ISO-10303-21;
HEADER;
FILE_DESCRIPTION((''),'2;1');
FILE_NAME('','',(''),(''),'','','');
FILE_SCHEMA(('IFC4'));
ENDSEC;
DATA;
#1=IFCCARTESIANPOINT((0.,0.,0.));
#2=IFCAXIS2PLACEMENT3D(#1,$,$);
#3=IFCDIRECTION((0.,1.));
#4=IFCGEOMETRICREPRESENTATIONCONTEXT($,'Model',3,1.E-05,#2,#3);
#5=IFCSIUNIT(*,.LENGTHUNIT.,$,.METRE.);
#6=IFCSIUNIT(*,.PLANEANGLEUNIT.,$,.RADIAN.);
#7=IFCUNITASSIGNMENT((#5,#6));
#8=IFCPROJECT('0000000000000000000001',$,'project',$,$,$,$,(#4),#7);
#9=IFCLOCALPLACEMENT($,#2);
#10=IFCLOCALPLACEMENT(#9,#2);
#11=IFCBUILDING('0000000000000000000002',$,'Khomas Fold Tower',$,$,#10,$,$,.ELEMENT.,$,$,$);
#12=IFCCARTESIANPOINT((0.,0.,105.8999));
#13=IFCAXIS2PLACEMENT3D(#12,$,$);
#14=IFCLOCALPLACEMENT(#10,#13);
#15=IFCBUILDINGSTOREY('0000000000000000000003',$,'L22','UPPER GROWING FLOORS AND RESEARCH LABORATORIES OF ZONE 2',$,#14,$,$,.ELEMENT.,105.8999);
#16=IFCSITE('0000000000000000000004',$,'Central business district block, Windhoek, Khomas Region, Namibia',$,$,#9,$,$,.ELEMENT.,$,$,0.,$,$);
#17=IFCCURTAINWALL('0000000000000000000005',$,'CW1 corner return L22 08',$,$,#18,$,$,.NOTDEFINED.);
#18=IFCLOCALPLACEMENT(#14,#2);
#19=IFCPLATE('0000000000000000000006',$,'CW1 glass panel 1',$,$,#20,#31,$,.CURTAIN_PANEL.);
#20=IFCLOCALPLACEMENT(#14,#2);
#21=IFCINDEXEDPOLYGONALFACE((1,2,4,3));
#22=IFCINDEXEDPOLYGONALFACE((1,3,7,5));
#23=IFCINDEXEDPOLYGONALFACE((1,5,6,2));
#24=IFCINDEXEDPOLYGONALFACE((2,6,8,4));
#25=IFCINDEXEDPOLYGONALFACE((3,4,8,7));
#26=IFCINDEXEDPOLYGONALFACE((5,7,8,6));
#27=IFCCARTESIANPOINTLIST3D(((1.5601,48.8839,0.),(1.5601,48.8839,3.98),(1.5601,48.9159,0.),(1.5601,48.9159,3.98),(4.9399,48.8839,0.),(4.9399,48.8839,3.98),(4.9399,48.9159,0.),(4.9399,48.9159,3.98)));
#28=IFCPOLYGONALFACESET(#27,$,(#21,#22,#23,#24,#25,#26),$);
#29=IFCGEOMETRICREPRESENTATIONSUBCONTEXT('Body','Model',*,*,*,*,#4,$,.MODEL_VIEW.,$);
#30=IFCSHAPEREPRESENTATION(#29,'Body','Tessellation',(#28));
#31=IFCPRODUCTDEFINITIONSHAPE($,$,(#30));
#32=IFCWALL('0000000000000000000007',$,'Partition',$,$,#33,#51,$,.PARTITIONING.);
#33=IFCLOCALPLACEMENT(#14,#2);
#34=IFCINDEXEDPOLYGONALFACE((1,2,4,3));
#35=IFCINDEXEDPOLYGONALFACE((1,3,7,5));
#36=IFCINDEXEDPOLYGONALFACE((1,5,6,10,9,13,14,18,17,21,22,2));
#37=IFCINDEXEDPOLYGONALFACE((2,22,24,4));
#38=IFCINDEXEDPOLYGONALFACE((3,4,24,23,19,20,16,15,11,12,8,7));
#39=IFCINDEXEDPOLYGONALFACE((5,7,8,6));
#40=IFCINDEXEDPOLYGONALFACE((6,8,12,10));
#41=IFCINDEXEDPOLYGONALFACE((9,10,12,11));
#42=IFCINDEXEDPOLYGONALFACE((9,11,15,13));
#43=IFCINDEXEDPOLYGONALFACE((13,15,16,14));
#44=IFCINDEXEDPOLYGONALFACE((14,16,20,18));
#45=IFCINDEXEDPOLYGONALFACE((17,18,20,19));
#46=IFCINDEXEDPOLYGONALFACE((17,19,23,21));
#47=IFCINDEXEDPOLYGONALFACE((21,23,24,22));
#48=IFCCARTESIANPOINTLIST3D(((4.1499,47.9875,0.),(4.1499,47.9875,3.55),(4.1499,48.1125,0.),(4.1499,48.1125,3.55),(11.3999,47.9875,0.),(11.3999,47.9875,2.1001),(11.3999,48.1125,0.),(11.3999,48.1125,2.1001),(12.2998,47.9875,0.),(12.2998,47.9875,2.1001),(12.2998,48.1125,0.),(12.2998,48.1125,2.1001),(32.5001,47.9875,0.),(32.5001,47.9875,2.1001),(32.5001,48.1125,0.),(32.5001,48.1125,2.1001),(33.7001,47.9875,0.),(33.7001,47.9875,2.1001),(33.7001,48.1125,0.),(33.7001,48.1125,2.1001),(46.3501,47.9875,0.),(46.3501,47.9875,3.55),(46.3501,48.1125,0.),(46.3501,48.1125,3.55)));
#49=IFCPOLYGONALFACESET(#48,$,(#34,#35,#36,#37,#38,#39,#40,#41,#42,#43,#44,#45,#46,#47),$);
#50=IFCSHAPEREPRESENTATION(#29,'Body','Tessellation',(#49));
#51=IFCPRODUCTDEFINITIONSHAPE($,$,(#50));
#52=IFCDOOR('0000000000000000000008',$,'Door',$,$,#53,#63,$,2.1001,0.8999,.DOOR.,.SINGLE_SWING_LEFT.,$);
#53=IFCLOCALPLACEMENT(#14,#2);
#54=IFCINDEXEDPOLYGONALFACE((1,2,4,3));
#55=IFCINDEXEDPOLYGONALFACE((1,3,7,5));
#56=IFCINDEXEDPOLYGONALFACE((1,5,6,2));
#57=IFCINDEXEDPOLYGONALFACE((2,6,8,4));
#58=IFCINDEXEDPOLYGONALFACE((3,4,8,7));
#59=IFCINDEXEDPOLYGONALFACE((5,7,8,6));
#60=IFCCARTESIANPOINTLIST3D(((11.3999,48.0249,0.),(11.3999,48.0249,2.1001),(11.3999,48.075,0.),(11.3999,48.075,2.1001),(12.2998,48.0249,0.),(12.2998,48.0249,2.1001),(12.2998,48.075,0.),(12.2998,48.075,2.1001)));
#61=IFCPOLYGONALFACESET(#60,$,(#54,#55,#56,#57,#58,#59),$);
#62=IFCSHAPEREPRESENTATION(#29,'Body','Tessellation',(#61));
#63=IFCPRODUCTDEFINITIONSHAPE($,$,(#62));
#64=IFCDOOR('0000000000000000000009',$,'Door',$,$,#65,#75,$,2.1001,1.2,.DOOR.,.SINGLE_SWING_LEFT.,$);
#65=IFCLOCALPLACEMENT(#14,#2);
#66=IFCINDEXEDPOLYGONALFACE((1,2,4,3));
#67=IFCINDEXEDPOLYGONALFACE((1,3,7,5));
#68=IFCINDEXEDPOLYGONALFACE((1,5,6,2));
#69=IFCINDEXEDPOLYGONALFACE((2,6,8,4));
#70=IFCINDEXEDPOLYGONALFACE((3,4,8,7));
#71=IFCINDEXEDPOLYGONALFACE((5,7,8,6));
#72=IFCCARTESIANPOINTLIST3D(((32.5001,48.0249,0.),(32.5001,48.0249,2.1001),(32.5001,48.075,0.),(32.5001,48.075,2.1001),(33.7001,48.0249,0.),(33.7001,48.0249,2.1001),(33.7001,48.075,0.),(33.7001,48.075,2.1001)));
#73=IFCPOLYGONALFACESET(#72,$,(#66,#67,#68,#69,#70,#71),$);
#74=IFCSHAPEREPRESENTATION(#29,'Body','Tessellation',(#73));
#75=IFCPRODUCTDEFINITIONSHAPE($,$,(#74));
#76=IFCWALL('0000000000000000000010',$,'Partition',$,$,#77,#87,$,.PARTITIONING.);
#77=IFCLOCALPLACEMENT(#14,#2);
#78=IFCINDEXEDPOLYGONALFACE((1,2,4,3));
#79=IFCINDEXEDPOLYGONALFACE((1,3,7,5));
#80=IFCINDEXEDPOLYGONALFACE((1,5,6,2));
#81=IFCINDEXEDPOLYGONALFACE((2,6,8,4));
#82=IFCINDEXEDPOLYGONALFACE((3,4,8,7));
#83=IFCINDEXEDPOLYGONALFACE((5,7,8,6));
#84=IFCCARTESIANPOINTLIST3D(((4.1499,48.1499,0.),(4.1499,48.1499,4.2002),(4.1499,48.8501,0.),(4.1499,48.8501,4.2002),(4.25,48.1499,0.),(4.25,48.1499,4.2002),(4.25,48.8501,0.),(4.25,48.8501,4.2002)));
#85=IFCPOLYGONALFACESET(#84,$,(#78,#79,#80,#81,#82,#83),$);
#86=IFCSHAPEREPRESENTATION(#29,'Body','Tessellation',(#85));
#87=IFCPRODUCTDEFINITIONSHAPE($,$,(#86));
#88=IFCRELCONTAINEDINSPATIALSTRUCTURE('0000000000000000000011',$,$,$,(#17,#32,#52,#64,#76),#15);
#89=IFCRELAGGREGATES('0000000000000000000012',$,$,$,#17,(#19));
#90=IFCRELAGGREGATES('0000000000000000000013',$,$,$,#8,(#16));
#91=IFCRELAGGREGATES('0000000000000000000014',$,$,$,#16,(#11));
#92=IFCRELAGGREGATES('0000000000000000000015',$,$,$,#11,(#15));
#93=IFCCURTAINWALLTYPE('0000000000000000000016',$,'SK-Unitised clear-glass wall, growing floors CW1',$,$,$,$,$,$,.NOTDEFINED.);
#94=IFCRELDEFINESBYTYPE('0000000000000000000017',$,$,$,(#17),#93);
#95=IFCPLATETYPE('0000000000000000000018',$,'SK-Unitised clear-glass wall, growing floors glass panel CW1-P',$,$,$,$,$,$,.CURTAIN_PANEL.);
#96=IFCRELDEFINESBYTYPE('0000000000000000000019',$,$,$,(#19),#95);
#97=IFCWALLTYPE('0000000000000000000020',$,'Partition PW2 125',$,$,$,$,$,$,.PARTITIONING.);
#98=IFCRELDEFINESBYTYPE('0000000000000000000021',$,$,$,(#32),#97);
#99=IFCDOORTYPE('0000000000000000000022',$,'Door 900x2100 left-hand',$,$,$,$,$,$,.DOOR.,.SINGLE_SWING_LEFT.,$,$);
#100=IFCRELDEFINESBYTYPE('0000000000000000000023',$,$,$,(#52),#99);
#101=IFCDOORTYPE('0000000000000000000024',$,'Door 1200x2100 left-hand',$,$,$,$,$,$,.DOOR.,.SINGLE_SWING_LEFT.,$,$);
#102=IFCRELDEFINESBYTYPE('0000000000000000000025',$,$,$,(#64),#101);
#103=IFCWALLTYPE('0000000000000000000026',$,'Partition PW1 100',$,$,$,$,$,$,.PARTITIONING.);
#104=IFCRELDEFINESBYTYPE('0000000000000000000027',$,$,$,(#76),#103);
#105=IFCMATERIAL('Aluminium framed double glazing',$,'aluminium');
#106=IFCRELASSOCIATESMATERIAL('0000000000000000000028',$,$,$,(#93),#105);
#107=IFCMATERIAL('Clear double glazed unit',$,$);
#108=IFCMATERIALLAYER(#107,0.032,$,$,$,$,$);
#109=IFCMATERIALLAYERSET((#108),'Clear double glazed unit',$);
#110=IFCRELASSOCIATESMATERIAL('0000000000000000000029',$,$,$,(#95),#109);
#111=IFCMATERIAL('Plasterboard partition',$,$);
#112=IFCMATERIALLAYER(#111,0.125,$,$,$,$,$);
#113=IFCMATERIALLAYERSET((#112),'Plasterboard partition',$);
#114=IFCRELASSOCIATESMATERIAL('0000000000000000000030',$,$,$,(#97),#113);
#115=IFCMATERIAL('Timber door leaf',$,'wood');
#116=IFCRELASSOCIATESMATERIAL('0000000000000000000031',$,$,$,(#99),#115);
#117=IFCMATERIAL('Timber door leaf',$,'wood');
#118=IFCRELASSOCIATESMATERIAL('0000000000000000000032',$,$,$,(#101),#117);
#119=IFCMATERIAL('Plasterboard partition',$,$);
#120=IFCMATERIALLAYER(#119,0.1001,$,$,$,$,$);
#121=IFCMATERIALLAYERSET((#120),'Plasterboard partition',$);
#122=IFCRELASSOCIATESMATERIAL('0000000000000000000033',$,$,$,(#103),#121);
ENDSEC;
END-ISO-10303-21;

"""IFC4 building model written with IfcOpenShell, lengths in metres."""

from ifc_helpers import new_model, si_unit, direction, frame, frame_2d, origin, origin_2d, place, context, subcontext, project, spatial, rectangle, extrude, source, transform, mapped, material, layer, layer_set, type_object, element, fill, aggregate, save


model = new_model("IFC4")

# Units and contexts
model_context = context("Model", 3, precision=1e-05, world=origin(), true_north=direction((0.0, 1.0)))
body_context = subcontext(model_context, "Body", "Model", "MODEL_VIEW")
ifc_project = project(units=[si_unit("LENGTHUNIT", "METRE"), si_unit("PLANEANGLEUNIT", "RADIAN")], contexts=[model_context])

# Site, building, storey
site_placement = place(None, origin())
site = spatial("IfcSite", under=ifc_project, at=site_placement, Name="Central business district block, Windhoek, Khomas Region, Namibia", CompositionType="ELEMENT", RefElevation=0.0)
building_placement = place(site_placement, origin())
building = spatial("IfcBuilding", under=site, at=building_placement, Name="Khomas Fold Tower", CompositionType="ELEMENT")
storey_placement = place(building_placement, frame((0.0, 0.0, 105.8999)))
storey = spatial("IfcBuildingStorey", under=building, at=storey_placement, Name="L22", Description="UPPER GROWING FLOORS AND RESEARCH LABORATORIES OF ZONE 2", CompositionType="ELEMENT", Elevation=105.8999)

# Curtain wall
ifc_material_1 = material(Name="Aluminium framed double glazing", Category="aluminium")
curtain_wall_type = type_object("IfcCurtainWallType", Name="SK-Unitised clear-glass wall, growing floors CW1", PredefinedType="NOTDEFINED", material=ifc_material_1)
curtain_wall_1_placement = place(storey_placement, origin())
curtain_wall_1 = element("IfcCurtainWall", 1, at=curtain_wall_1_placement, inside=storey, type_object=curtain_wall_type, Name="CW1 corner return L22 08", PredefinedType="NOTDEFINED")

# Plate
ifc_material_2 = material(Name="Clear double glazed unit")
ifc_layer_1 = layer(ifc_material_2, 0.032)
ifc_layer_set_1 = layer_set([ifc_layer_1], Name="Clear double glazed unit")
plate_type = type_object("IfcPlateType", Name="SK-Unitised clear-glass wall, growing floors glass panel CW1-P", PredefinedType="CURTAIN_PANEL", material=ifc_layer_set_1)
shared_shape_1 = source(origin(), body_context, "Body", "SweptSolid", [
    extrude(rectangle(XDim=3.3799, YDim=0.032, at=origin_2d()), origin(), (0.0, 0.0, 1.0), 3.98),
])
plate_1_placement = place(storey_placement, frame((3.25, 48.8999, 0.0), z_axis=(0.0, 0.0, 1.0), x_axis=(-1.0, 0.0, 0.0)))
plate_1 = element("IfcPlate", 2, at=plate_1_placement, type_object=plate_type, Name="CW1 glass panel 1", PredefinedType="CURTAIN_PANEL", context=body_context, shape_type="MappedRepresentation", body=[
    mapped(shared_shape_1, transform((0.0, 0.0, 0.0))),
])
aggregate(curtain_wall_1, [plate_1])

# Wall, openings, doors
ifc_material_3 = material(Name="Plasterboard partition")
ifc_layer_2 = layer(ifc_material_3, 0.125)
ifc_layer_set_2 = layer_set([ifc_layer_2], Name="Plasterboard partition")
wall_type_1 = type_object("IfcWallType", Name="Partition PW2 125", PredefinedType="PARTITIONING", material=ifc_layer_set_2)
shared_shape_2 = source(origin(), body_context, "Body", "SweptSolid", [
    extrude(rectangle(XDim=42.2002, YDim=0.125, at=frame_2d((21.1001, 0.0))), origin(), (0.0, 0.0, 1.0), 3.55),
])
wall_1_placement = place(storey_placement, frame((4.1499, 48.05, 0.0), z_axis=(0.0, 0.0, 1.0), x_axis=(1.0, 0.0, 0.0)))
wall_1 = element("IfcWall", 3, at=wall_1_placement, inside=storey, type_object=wall_type_1, Name="Partition", PredefinedType="PARTITIONING", context=body_context, shape_type="MappedRepresentation", body=[
    mapped(shared_shape_2, transform((0.0, 0.0, 0.0))),
])
shared_shape_3 = source(origin(), body_context, "Body", "SweptSolid", [
    extrude(rectangle(XDim=0.8999, YDim=2.1001, at=frame_2d((0.45, 1.05))), frame((0.0, 0.0725, 0.0), z_axis=(0.0, -1.0, 0.0), x_axis=(1.0, 0.0, 0.0)), (0.0, 0.0, 1.0), 0.145),
])
opening_1_placement = place(wall_1_placement, frame((7.25, 0.0, 0.0)))
opening_1 = element("IfcOpeningElement", 4, at=opening_1_placement, cuts=wall_1, PredefinedType="OPENING", context=body_context, shape_type="MappedRepresentation", body=[
    mapped(shared_shape_3, transform((0.0, 0.0, 0.0))),
])
shared_shape_4 = source(origin(), body_context, "Body", "SweptSolid", [
    extrude(rectangle(XDim=1.2, YDim=2.1001, at=frame_2d((0.6001, 1.05))), frame((0.0, 0.0725, 0.0), z_axis=(0.0, -1.0, 0.0), x_axis=(1.0, 0.0, 0.0)), (0.0, 0.0, 1.0), 0.145),
])
opening_2_placement = place(wall_1_placement, frame((28.3501, 0.0, 0.0)))
opening_2 = element("IfcOpeningElement", 5, at=opening_2_placement, cuts=wall_1, PredefinedType="OPENING", context=body_context, shape_type="MappedRepresentation", body=[
    mapped(shared_shape_4, transform((0.0, 0.0, 0.0))),
])
ifc_material_4 = material(Name="Timber door leaf", Category="wood")
door_type_1 = type_object("IfcDoorType", Name="Door 900x2100 left-hand", OperationType="SINGLE_SWING_LEFT", PredefinedType="DOOR", material=ifc_material_4)
shared_shape_5 = source(origin(), body_context, "Body", "SweptSolid", [
    extrude(rectangle(XDim=0.8999, YDim=2.1001, at=frame_2d((0.45, 1.05))), frame((0.0, 0.0249, 0.0), z_axis=(0.0, -1.0, 0.0), x_axis=(1.0, 0.0, 0.0)), (0.0, 0.0, 1.0), 0.05),
])
door_1_placement = place(opening_1_placement, origin())
door_1 = element("IfcDoor", 6, at=door_1_placement, inside=storey, type_object=door_type_1, Name="Door", OperationType="SINGLE_SWING_LEFT", OverallHeight=2.1001, OverallWidth=0.8999, PredefinedType="DOOR", context=body_context, shape_type="MappedRepresentation", body=[
    mapped(shared_shape_5, transform((0.0, 0.0, 0.0))),
])
fill(opening_1, door_1)
ifc_material_5 = material(Name="Timber door leaf", Category="wood")
door_type_2 = type_object("IfcDoorType", Name="Door 1200x2100 left-hand", OperationType="SINGLE_SWING_LEFT", PredefinedType="DOOR", material=ifc_material_5)
shared_shape_6 = source(origin(), body_context, "Body", "SweptSolid", [
    extrude(rectangle(XDim=1.2, YDim=2.1001, at=frame_2d((0.6001, 1.05))), frame((0.0, 0.0249, 0.0), z_axis=(0.0, -1.0, 0.0), x_axis=(1.0, 0.0, 0.0)), (0.0, 0.0, 1.0), 0.05),
])
door_2_placement = place(opening_2_placement, origin())
door_2 = element("IfcDoor", 7, at=door_2_placement, inside=storey, type_object=door_type_2, Name="Door", OperationType="SINGLE_SWING_LEFT", OverallHeight=2.1001, OverallWidth=1.2, PredefinedType="DOOR", context=body_context, shape_type="MappedRepresentation", body=[
    mapped(shared_shape_6, transform((0.0, 0.0, 0.0))),
])
fill(opening_2, door_2)

# Wall
ifc_material_6 = material(Name="Plasterboard partition")
ifc_layer_3 = layer(ifc_material_6, 0.1001)
ifc_layer_set_3 = layer_set([ifc_layer_3], Name="Plasterboard partition")
wall_type_2 = type_object("IfcWallType", Name="Partition PW1 100", PredefinedType="PARTITIONING", material=ifc_layer_set_3)
shared_shape_7 = source(origin(), body_context, "Body", "SweptSolid", [
    extrude(rectangle(XDim=0.7002, YDim=0.1001, at=frame_2d((0.3501, 0.0))), origin(), (0.0, 0.0, 1.0), 4.2002),
])
wall_2_placement = place(storey_placement, frame((4.2, 48.1499, 0.0), z_axis=(0.0, 0.0, 1.0), x_axis=(0.0, 1.0, 0.0)))
element("IfcWall", 8, at=wall_2_placement, inside=storey, type_object=wall_type_2, Name="Partition", PredefinedType="PARTITIONING", context=body_context, shape_type="MappedRepresentation", body=[
    mapped(shared_shape_7, transform((0.0, 0.0, 0.0))),
])

save(model, "model.ifc")
